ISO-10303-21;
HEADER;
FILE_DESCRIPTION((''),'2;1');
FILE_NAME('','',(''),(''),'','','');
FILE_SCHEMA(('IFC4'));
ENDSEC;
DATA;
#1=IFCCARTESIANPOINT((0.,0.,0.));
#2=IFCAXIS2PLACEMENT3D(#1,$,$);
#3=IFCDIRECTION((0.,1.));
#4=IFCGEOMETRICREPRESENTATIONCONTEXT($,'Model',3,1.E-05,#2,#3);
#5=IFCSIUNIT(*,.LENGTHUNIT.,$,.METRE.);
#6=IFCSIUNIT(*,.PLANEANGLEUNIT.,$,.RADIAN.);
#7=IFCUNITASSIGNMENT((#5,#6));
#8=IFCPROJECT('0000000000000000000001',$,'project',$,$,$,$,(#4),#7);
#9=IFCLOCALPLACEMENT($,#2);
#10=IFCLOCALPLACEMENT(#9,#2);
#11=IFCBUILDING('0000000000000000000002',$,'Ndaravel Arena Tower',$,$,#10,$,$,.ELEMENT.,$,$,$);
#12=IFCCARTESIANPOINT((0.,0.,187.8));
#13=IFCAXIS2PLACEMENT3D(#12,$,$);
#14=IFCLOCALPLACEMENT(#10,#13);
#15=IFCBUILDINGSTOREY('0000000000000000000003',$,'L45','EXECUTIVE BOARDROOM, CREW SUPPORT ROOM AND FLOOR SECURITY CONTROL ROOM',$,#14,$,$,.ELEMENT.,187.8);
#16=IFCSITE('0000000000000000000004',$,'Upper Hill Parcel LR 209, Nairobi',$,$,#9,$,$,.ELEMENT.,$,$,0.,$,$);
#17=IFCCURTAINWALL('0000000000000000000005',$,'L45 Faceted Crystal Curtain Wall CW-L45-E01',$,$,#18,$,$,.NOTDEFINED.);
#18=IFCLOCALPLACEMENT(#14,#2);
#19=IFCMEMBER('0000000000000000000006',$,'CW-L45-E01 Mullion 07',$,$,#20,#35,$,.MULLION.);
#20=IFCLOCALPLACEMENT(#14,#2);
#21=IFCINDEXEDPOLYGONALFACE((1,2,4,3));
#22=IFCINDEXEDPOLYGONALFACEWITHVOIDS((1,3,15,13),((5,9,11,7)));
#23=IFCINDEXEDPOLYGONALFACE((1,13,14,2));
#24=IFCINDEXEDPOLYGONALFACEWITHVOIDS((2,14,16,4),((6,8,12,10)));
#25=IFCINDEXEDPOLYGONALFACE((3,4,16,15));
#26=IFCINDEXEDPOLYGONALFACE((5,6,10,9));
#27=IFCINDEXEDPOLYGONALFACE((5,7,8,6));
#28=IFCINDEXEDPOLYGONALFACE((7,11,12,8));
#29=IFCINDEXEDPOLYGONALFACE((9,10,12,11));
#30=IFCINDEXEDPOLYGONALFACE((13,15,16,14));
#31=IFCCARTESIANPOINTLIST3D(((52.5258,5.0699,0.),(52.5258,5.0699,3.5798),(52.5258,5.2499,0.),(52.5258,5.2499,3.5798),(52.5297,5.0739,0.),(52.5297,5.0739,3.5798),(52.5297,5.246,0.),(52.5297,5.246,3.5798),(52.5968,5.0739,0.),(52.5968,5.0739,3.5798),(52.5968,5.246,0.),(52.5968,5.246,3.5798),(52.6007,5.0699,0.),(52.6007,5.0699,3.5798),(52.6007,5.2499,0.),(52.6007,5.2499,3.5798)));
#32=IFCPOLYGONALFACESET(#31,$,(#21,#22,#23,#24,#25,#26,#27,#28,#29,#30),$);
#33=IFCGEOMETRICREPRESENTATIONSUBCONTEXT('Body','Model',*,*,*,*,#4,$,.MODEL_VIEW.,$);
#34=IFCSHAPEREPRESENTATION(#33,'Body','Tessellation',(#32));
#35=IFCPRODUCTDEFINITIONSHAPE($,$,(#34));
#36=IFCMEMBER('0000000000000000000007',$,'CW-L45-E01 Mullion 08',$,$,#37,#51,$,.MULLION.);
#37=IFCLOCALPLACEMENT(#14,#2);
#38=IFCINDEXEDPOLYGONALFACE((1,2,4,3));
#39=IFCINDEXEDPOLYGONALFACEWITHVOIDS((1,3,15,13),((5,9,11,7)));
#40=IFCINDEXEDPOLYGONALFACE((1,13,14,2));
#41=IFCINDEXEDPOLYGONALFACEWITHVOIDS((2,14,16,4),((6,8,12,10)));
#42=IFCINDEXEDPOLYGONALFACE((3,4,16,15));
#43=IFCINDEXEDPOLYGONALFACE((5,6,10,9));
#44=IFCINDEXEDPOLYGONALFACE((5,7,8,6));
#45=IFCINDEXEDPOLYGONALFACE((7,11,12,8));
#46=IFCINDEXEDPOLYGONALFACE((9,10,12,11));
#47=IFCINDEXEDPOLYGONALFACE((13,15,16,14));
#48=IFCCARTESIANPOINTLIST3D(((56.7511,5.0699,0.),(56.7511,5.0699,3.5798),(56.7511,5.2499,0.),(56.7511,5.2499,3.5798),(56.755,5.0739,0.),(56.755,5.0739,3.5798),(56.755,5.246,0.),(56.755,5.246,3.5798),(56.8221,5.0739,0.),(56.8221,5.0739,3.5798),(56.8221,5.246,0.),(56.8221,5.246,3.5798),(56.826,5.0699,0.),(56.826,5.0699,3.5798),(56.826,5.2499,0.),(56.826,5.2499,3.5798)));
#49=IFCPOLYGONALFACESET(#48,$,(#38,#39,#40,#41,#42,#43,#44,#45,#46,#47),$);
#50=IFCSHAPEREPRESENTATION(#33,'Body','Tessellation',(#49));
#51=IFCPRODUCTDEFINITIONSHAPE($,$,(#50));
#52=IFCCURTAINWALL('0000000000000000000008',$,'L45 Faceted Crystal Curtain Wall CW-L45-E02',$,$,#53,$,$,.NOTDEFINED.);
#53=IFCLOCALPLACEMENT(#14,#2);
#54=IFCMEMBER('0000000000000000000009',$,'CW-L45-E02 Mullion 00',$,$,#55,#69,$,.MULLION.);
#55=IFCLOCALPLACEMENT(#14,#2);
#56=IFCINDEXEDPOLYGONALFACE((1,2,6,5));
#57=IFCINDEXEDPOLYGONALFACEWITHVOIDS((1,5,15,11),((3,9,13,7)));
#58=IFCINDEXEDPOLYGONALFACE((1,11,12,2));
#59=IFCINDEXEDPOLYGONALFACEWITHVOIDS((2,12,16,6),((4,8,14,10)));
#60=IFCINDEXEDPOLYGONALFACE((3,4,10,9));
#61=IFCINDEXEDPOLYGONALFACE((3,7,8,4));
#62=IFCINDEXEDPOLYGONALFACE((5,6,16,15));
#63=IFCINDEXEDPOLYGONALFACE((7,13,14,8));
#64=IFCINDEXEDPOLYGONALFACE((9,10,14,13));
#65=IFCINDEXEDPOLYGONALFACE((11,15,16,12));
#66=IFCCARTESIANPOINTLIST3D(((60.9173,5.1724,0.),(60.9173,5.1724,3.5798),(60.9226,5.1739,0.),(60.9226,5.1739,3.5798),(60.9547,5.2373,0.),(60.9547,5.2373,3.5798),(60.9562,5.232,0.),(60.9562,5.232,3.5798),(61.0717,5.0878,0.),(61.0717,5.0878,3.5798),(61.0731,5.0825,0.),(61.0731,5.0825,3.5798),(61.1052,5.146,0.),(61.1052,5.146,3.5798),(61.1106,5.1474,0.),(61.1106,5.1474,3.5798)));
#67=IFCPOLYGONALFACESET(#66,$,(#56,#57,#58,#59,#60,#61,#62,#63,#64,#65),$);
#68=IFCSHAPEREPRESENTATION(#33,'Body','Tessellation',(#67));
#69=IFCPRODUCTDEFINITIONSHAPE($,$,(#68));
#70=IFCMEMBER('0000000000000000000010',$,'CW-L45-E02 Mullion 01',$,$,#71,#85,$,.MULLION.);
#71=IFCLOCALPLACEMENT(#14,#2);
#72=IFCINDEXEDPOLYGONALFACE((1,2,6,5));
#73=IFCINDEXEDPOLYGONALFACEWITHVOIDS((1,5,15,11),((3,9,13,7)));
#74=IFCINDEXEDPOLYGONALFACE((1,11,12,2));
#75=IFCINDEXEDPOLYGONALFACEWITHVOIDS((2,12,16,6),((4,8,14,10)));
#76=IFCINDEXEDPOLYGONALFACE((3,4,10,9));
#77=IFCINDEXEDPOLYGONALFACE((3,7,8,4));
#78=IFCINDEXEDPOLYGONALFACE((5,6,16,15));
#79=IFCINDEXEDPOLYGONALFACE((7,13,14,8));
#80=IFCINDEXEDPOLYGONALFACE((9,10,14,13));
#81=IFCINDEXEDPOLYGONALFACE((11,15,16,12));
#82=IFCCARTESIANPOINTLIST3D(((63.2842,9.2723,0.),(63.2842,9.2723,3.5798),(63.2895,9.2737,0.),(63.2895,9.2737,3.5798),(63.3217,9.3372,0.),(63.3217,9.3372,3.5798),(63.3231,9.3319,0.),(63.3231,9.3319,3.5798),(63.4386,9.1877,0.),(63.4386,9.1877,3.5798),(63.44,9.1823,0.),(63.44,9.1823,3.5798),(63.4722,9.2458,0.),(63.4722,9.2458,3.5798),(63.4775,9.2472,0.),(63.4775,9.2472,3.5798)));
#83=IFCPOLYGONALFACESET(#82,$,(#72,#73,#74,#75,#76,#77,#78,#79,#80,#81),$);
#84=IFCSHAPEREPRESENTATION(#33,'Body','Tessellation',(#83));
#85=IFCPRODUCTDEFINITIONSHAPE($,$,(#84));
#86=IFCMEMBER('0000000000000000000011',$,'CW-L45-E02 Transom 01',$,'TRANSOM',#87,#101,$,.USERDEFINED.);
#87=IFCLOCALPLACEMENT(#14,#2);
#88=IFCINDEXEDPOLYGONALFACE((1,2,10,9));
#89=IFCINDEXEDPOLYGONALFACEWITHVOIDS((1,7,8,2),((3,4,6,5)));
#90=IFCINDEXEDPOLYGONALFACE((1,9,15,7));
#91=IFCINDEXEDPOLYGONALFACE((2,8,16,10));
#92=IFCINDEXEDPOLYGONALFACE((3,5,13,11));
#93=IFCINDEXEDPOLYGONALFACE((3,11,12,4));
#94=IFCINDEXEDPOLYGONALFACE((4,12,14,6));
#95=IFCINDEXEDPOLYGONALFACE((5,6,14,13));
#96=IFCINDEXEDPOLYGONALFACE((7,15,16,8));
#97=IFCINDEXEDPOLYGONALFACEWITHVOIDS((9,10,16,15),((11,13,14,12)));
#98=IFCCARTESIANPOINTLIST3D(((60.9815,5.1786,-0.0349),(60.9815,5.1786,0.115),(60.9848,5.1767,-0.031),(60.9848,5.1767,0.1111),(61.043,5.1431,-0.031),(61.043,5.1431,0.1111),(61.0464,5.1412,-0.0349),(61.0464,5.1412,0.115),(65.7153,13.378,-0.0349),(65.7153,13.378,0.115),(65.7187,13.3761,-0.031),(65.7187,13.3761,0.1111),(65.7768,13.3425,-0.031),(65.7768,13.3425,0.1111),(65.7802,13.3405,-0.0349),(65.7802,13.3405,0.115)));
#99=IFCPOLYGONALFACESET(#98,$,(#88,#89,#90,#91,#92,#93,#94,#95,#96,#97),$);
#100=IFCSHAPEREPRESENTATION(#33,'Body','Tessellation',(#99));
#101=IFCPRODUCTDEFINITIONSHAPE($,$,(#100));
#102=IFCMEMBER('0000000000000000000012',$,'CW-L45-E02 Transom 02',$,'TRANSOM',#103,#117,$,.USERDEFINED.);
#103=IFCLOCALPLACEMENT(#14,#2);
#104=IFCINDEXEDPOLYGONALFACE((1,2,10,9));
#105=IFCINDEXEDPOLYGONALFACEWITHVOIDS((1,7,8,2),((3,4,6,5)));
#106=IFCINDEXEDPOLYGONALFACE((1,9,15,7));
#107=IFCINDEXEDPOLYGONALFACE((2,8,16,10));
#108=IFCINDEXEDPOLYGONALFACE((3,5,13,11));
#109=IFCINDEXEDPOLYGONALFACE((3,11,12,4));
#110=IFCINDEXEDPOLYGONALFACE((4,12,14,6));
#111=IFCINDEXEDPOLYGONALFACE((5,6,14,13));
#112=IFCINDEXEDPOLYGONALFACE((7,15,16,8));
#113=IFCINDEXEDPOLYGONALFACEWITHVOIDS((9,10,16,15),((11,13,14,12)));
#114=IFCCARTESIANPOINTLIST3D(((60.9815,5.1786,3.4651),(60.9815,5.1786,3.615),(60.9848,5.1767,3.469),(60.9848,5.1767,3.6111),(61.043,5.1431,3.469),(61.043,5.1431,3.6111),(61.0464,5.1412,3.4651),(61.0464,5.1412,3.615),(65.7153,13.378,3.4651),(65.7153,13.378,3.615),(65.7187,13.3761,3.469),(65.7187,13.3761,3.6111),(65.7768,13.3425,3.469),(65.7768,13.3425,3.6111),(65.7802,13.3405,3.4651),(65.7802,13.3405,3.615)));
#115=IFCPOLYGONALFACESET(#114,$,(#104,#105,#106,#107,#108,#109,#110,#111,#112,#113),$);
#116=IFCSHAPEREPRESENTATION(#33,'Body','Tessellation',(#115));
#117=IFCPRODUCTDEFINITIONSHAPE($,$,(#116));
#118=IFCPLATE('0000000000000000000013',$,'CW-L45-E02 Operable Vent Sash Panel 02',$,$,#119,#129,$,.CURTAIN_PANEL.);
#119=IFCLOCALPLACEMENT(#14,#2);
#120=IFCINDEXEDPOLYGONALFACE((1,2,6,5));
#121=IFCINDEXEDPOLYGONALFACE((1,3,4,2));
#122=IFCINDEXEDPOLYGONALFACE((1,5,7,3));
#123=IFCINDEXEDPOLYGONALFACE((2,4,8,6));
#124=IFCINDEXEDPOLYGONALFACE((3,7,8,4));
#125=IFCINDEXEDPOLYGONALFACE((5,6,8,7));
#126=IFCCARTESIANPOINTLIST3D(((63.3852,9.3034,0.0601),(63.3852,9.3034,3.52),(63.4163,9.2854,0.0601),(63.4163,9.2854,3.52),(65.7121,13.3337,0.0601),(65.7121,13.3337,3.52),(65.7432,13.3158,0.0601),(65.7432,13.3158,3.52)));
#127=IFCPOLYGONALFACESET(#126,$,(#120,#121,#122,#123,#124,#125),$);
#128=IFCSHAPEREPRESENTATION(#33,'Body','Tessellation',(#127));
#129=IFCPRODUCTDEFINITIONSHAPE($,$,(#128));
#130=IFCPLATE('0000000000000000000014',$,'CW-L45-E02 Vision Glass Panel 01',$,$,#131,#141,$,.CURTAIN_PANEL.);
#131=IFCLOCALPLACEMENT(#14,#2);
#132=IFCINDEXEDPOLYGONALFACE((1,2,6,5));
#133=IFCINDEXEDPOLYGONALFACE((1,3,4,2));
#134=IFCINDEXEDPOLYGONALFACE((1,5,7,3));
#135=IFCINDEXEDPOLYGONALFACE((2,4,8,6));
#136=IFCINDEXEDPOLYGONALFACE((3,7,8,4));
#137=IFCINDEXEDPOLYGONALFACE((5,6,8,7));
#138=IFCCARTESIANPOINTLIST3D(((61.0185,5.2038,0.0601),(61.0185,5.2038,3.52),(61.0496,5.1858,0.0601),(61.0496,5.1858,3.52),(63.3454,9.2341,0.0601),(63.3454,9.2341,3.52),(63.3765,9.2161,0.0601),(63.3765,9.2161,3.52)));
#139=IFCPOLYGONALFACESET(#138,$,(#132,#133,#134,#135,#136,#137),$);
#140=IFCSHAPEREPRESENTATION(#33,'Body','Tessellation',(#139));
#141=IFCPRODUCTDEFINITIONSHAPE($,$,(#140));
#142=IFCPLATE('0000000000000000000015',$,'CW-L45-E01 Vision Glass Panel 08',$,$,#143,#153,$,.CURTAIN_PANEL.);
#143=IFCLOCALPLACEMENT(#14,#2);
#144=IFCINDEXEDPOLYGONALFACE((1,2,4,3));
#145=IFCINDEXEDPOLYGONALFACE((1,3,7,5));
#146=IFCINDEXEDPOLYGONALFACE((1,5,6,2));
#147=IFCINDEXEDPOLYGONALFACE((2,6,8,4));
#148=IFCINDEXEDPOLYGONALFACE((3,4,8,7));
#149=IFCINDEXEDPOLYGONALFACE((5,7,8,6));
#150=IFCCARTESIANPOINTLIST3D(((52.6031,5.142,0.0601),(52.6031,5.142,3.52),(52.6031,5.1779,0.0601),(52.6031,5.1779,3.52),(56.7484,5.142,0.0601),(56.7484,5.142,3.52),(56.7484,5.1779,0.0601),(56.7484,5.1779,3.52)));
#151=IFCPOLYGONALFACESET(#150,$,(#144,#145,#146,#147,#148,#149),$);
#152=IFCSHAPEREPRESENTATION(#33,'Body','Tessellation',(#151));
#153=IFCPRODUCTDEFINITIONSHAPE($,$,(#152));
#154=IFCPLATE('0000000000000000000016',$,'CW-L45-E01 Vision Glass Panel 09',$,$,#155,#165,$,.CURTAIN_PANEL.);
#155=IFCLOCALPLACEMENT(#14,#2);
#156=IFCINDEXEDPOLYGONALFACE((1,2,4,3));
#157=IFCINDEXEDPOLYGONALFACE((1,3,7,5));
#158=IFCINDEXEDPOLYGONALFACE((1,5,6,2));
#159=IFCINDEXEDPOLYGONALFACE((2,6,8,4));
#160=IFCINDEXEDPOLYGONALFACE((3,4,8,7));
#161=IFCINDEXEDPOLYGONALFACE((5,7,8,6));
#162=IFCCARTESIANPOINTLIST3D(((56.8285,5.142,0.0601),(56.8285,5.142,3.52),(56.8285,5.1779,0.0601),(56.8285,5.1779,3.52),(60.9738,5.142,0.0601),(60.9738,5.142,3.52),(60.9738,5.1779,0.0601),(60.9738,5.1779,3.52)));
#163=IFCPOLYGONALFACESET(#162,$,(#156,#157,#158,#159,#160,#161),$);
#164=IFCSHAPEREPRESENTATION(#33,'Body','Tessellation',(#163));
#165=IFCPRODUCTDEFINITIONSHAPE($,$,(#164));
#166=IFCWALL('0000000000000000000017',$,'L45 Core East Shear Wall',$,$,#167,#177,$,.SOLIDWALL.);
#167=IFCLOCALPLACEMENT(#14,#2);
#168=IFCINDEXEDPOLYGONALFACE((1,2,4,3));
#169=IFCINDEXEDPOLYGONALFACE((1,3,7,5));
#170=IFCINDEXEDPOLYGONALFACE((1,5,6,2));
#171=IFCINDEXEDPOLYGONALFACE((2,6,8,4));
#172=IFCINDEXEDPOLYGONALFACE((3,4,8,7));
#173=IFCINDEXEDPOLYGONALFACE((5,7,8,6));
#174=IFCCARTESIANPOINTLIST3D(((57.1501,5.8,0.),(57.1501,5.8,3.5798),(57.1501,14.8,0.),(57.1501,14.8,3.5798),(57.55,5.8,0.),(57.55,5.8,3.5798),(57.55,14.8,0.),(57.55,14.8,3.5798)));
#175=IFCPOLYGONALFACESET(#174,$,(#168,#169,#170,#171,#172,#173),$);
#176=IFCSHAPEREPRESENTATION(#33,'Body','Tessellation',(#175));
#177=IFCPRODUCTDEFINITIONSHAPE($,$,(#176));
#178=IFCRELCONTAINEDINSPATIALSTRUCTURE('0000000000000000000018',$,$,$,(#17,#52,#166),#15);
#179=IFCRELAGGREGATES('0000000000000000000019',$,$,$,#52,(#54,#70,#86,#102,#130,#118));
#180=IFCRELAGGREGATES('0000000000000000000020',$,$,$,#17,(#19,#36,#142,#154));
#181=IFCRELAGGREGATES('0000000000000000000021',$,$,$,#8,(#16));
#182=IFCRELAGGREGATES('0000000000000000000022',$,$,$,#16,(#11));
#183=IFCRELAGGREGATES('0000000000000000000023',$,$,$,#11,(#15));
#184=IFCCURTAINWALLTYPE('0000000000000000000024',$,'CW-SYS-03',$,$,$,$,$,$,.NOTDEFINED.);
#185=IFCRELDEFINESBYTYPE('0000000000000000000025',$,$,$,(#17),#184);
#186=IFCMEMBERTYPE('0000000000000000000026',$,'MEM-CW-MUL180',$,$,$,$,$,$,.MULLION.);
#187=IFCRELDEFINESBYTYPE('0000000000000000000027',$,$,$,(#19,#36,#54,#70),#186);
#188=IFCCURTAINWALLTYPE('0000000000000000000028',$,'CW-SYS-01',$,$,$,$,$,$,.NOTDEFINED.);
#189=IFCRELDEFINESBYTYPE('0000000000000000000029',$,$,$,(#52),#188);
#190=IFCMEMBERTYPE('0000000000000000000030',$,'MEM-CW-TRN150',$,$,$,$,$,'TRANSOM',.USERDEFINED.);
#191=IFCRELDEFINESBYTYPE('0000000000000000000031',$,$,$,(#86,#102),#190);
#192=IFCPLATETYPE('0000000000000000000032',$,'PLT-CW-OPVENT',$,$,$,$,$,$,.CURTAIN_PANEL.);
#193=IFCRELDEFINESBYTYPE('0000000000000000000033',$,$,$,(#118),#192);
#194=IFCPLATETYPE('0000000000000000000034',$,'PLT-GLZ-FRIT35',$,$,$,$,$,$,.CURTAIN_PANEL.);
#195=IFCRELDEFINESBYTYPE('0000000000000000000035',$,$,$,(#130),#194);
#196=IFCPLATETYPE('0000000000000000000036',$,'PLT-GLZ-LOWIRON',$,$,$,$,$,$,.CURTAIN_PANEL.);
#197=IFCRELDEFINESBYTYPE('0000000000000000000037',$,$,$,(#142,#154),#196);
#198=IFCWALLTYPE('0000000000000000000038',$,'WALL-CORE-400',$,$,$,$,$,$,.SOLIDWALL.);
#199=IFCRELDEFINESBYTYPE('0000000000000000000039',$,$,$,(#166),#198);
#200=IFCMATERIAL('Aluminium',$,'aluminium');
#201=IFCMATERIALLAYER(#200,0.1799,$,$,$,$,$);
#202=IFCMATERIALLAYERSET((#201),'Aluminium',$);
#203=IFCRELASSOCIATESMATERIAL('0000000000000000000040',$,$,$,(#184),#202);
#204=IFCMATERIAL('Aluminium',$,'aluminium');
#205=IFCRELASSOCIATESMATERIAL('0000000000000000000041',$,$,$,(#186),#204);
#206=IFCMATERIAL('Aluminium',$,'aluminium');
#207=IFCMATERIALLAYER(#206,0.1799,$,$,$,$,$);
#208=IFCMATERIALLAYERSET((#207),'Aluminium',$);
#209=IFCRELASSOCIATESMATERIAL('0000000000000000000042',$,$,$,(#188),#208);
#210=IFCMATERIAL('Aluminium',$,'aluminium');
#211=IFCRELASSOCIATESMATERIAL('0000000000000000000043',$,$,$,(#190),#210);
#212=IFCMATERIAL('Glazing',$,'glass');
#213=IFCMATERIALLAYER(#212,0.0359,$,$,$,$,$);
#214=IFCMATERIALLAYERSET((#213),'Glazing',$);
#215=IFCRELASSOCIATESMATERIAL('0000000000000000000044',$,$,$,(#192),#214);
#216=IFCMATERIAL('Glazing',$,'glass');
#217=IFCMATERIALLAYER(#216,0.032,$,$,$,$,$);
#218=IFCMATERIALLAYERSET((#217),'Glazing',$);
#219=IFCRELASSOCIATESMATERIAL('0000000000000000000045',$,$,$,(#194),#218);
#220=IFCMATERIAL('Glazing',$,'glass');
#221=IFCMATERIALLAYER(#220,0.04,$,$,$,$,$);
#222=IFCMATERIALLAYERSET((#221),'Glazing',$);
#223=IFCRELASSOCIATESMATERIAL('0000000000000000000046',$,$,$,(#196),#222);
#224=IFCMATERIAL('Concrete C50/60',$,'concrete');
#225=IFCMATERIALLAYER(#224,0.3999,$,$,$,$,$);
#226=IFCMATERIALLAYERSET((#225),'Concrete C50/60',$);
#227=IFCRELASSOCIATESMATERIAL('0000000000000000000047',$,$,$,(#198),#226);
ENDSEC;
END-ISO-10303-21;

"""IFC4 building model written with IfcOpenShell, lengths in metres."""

from ifc_helpers import new_model, si_unit, direction, frame, frame_2d, origin, origin_2d, place, context, subcontext, project, spatial, rectangle, hollow_rectangle, extrude, material, layer, layer_set, material_profile, profile_set, type_object, element, aggregate, save


model = new_model("IFC4")

# Units and contexts
model_context = context("Model", 3, precision=1e-05, world=origin(), true_north=direction((0.0, 1.0)))
body_context = subcontext(model_context, "Body", "Model", "MODEL_VIEW")
ifc_project = project(units=[si_unit("LENGTHUNIT", "METRE"), si_unit("PLANEANGLEUNIT", "RADIAN")], contexts=[model_context])

# Site, building, storey
site_placement = place(None, origin())
site = spatial("IfcSite", under=ifc_project, at=site_placement, Name="Upper Hill Parcel LR 209, Nairobi", CompositionType="ELEMENT", RefElevation=0.0)
building_placement = place(site_placement, origin())
building = spatial("IfcBuilding", under=site, at=building_placement, Name="Ndaravel Arena Tower", CompositionType="ELEMENT")
storey_placement = place(building_placement, frame((0.0, 0.0, 187.8)))
storey = spatial("IfcBuildingStorey", under=building, at=storey_placement, Name="L45", Description="EXECUTIVE BOARDROOM, CREW SUPPORT ROOM AND FLOOR SECURITY CONTROL ROOM", CompositionType="ELEMENT", Elevation=187.8)

# Curtain wall, members
ifc_material_1 = material(Name="Aluminium", Category="aluminium")
ifc_layer_1 = layer(ifc_material_1, 0.1799)
ifc_layer_set_1 = layer_set([ifc_layer_1], Name="Aluminium")
curtain_wall_type_1 = type_object("IfcCurtainWallType", Name="CW-SYS-03", PredefinedType="NOTDEFINED", material=ifc_layer_set_1)
curtain_wall_1_placement = place(storey_placement, origin())
curtain_wall_1 = element("IfcCurtainWall", 1, at=curtain_wall_1_placement, inside=storey, type_object=curtain_wall_type_1, Name="L45 Faceted Crystal Curtain Wall CW-L45-E01", PredefinedType="NOTDEFINED")
ifc_material_2 = material(Name="Aluminium", Category="aluminium")
ifc_material_profile_1 = material_profile(ifc_material_2, hollow_rectangle(XDim=0.075, YDim=0.1799, WallThickness=0.0039, at=origin_2d()), Name="CW MULLION 75x180x4")
ifc_profile_set_1 = profile_set([ifc_material_profile_1], Name="Aluminium")
member_type_1 = type_object("IfcMemberType", Name="MEM-CW-MUL180", PredefinedType="MULLION", material=ifc_profile_set_1)
member_1_placement = place(storey_placement, frame((52.5632, 5.1599, 0.0), z_axis=(0.0, 0.0, 1.0), x_axis=(1.0, 0.0, 0.0)))
member_1 = element("IfcMember", 2, at=member_1_placement, type_object=member_type_1, Name="CW-L45-E01 Mullion 07", PredefinedType="MULLION", context=body_context, shape_type="SweptSolid", body=[
    extrude(hollow_rectangle(XDim=0.075, YDim=0.1799, WallThickness=0.0039, at=origin_2d()), origin(), (0.0, 0.0, 1.0), 3.5798),
])
member_2_placement = place(storey_placement, frame((56.7886, 5.1599, 0.0), z_axis=(0.0, 0.0, 1.0), x_axis=(1.0, 0.0, 0.0)))
member_2 = element("IfcMember", 3, at=member_2_placement, type_object=member_type_1, Name="CW-L45-E01 Mullion 08", PredefinedType="MULLION", context=body_context, shape_type="SweptSolid", body=[
    extrude(hollow_rectangle(XDim=0.075, YDim=0.1799, WallThickness=0.0039, at=origin_2d()), origin(), (0.0, 0.0, 1.0), 3.5798),
])

# Curtain wall, members, plates
ifc_material_3 = material(Name="Aluminium", Category="aluminium")
ifc_layer_2 = layer(ifc_material_3, 0.1799)
ifc_layer_set_2 = layer_set([ifc_layer_2], Name="Aluminium")
curtain_wall_type_2 = type_object("IfcCurtainWallType", Name="CW-SYS-01", PredefinedType="NOTDEFINED", material=ifc_layer_set_2)
curtain_wall_2_placement = place(storey_placement, origin())
curtain_wall_2 = element("IfcCurtainWall", 4, at=curtain_wall_2_placement, inside=storey, type_object=curtain_wall_type_2, Name="L45 Faceted Crystal Curtain Wall CW-L45-E02", PredefinedType="NOTDEFINED")
member_3_placement = place(storey_placement, frame((61.0139, 5.1599, 0.0), z_axis=(0.0, 0.0, 1.0), x_axis=(0.5, 0.866025, 0.0)))
member_3 = element("IfcMember", 5, at=member_3_placement, type_object=member_type_1, Name="CW-L45-E02 Mullion 00", PredefinedType="MULLION", context=body_context, shape_type="SweptSolid", body=[
    extrude(hollow_rectangle(XDim=0.075, YDim=0.1799, WallThickness=0.0039, at=origin_2d()), origin(), (0.0, 0.0, 1.0), 3.5798),
])
member_4_placement = place(storey_placement, frame((63.3809, 9.2598, 0.0), z_axis=(0.0, 0.0, 1.0), x_axis=(0.5, 0.866025, 0.0)))
member_4 = element("IfcMember", 6, at=member_4_placement, type_object=member_type_1, Name="CW-L45-E02 Mullion 01", PredefinedType="MULLION", context=body_context, shape_type="SweptSolid", body=[
    extrude(hollow_rectangle(XDim=0.075, YDim=0.1799, WallThickness=0.0039, at=origin_2d()), origin(), (0.0, 0.0, 1.0), 3.5798),
])
ifc_material_4 = material(Name="Aluminium", Category="aluminium")
ifc_material_profile_2 = material_profile(ifc_material_4, hollow_rectangle(XDim=0.075, YDim=0.1499, WallThickness=0.0039, at=origin_2d()), Name="CW TRANSOM 75x150x4")
ifc_profile_set_2 = profile_set([ifc_material_profile_2], Name="Aluminium")
member_type_2 = type_object("IfcMemberType", Name="MEM-CW-TRN150", ElementType="TRANSOM", PredefinedType="USERDEFINED", material=ifc_profile_set_2)
member_5_placement = place(storey_placement, frame((61.0139, 5.1599, 0.04), z_axis=(0.499994, 0.866029, 0.0), x_axis=(-0.866029, 0.499994, 0.0)))
member_5 = element("IfcMember", 7, at=member_5_placement, type_object=member_type_2, Name="CW-L45-E02 Transom 01", ObjectType="TRANSOM", PredefinedType="USERDEFINED", context=body_context, shape_type="SweptSolid", body=[
    extrude(hollow_rectangle(XDim=0.075, YDim=0.1499, WallThickness=0.0039, at=origin_2d()), origin(), (0.0, 0.0, 1.0), 9.4678),
])
member_6_placement = place(storey_placement, frame((61.0139, 5.1599, 3.54), z_axis=(0.499994, 0.866029, 0.0), x_axis=(-0.866029, 0.499994, 0.0)))
member_6 = element("IfcMember", 8, at=member_6_placement, type_object=member_type_2, Name="CW-L45-E02 Transom 02", ObjectType="TRANSOM", PredefinedType="USERDEFINED", context=body_context, shape_type="SweptSolid", body=[
    extrude(hollow_rectangle(XDim=0.075, YDim=0.1499, WallThickness=0.0039, at=origin_2d()), origin(), (0.0, 0.0, 1.0), 9.4678),
])
ifc_material_5 = material(Name="Glazing", Category="glass")
ifc_layer_3 = layer(ifc_material_5, 0.0359)
ifc_layer_set_3 = layer_set([ifc_layer_3], Name="Glazing")
plate_type_1 = type_object("IfcPlateType", Name="PLT-CW-OPVENT", PredefinedType="CURTAIN_PANEL", material=ifc_layer_set_3)
plate_1_placement = place(storey_placement, frame((64.5642, 11.3096, 0.0601), z_axis=(0.0, 0.0, 1.0), x_axis=(0.5, 0.866025, 0.0)))
plate_1 = element("IfcPlate", 9, at=plate_1_placement, type_object=plate_type_1, Name="CW-L45-E02 Operable Vent Sash Panel 02", PredefinedType="CURTAIN_PANEL", context=body_context, shape_type="SweptSolid", body=[
    extrude(rectangle(XDim=4.6538, YDim=0.0359, at=origin_2d()), origin(), (0.0, 0.0, 1.0), 3.46),
])
ifc_material_6 = material(Name="Glazing", Category="glass")
ifc_layer_4 = layer(ifc_material_6, 0.032)
ifc_layer_set_4 = layer_set([ifc_layer_4], Name="Glazing")
plate_type_2 = type_object("IfcPlateType", Name="PLT-GLZ-FRIT35", PredefinedType="CURTAIN_PANEL", material=ifc_layer_set_4)
plate_2_placement = place(storey_placement, frame((62.1975, 7.21, 0.0601), z_axis=(0.0, 0.0, 1.0), x_axis=(0.5, 0.866025, 0.0)))
plate_2 = element("IfcPlate", 10, at=plate_2_placement, type_object=plate_type_2, Name="CW-L45-E02 Vision Glass Panel 01", PredefinedType="CURTAIN_PANEL", context=body_context, shape_type="SweptSolid", body=[
    extrude(rectangle(XDim=4.6538, YDim=0.0359, at=origin_2d()), origin(), (0.0, 0.0, 1.0), 3.46),
])
aggregate(curtain_wall_2, [member_3, member_4, member_5, member_6, plate_2, plate_1])

# Plates
ifc_material_7 = material(Name="Glazing", Category="glass")
ifc_layer_5 = layer(ifc_material_7, 0.04)
ifc_layer_set_5 = layer_set([ifc_layer_5], Name="Glazing")
plate_type_3 = type_object("IfcPlateType", Name="PLT-GLZ-LOWIRON", PredefinedType="CURTAIN_PANEL", material=ifc_layer_set_5)
plate_3_placement = place(storey_placement, frame((54.6758, 5.1599, 0.0601), z_axis=(0.0, 0.0, 1.0), x_axis=(1.0, 0.0, 0.0)))
plate_3 = element("IfcPlate", 11, at=plate_3_placement, type_object=plate_type_3, Name="CW-L45-E01 Vision Glass Panel 08", PredefinedType="CURTAIN_PANEL", context=body_context, shape_type="SweptSolid", body=[
    extrude(rectangle(XDim=4.1453, YDim=0.0359, at=origin_2d()), origin(), (0.0, 0.0, 1.0), 3.46),
])
plate_4_placement = place(storey_placement, frame((58.9011, 5.1599, 0.0601), z_axis=(0.0, 0.0, 1.0), x_axis=(1.0, 0.0, 0.0)))
plate_4 = element("IfcPlate", 12, at=plate_4_placement, type_object=plate_type_3, Name="CW-L45-E01 Vision Glass Panel 09", PredefinedType="CURTAIN_PANEL", context=body_context, shape_type="SweptSolid", body=[
    extrude(rectangle(XDim=4.1453, YDim=0.0359, at=origin_2d()), origin(), (0.0, 0.0, 1.0), 3.46),
])
aggregate(curtain_wall_1, [member_1, member_2, plate_3, plate_4])

# Wall
ifc_material_8 = material(Name="Concrete C50/60", Category="concrete")
ifc_layer_6 = layer(ifc_material_8, 0.3999)
ifc_layer_set_6 = layer_set([ifc_layer_6], Name="Concrete C50/60")
wall_type_1 = type_object("IfcWallType", Name="WALL-CORE-400", PredefinedType="SOLIDWALL", material=ifc_layer_set_6)
wall_1_placement = place(storey_placement, frame((57.3501, 5.8, 0.0), z_axis=(0.0, 0.0, 1.0), x_axis=(0.0, 1.0, 0.0)))
element("IfcWall", 13, at=wall_1_placement, inside=storey, type_object=wall_type_1, Name="L45 Core East Shear Wall", PredefinedType="SOLIDWALL", context=body_context, shape_type="SweptSolid", body=[
    extrude(rectangle(XDim=9.0, YDim=0.3999, at=frame_2d((4.5, 0.0))), origin(), (0.0, 0.0, 1.0), 3.5798),
])

save(model, "model.ifc")
